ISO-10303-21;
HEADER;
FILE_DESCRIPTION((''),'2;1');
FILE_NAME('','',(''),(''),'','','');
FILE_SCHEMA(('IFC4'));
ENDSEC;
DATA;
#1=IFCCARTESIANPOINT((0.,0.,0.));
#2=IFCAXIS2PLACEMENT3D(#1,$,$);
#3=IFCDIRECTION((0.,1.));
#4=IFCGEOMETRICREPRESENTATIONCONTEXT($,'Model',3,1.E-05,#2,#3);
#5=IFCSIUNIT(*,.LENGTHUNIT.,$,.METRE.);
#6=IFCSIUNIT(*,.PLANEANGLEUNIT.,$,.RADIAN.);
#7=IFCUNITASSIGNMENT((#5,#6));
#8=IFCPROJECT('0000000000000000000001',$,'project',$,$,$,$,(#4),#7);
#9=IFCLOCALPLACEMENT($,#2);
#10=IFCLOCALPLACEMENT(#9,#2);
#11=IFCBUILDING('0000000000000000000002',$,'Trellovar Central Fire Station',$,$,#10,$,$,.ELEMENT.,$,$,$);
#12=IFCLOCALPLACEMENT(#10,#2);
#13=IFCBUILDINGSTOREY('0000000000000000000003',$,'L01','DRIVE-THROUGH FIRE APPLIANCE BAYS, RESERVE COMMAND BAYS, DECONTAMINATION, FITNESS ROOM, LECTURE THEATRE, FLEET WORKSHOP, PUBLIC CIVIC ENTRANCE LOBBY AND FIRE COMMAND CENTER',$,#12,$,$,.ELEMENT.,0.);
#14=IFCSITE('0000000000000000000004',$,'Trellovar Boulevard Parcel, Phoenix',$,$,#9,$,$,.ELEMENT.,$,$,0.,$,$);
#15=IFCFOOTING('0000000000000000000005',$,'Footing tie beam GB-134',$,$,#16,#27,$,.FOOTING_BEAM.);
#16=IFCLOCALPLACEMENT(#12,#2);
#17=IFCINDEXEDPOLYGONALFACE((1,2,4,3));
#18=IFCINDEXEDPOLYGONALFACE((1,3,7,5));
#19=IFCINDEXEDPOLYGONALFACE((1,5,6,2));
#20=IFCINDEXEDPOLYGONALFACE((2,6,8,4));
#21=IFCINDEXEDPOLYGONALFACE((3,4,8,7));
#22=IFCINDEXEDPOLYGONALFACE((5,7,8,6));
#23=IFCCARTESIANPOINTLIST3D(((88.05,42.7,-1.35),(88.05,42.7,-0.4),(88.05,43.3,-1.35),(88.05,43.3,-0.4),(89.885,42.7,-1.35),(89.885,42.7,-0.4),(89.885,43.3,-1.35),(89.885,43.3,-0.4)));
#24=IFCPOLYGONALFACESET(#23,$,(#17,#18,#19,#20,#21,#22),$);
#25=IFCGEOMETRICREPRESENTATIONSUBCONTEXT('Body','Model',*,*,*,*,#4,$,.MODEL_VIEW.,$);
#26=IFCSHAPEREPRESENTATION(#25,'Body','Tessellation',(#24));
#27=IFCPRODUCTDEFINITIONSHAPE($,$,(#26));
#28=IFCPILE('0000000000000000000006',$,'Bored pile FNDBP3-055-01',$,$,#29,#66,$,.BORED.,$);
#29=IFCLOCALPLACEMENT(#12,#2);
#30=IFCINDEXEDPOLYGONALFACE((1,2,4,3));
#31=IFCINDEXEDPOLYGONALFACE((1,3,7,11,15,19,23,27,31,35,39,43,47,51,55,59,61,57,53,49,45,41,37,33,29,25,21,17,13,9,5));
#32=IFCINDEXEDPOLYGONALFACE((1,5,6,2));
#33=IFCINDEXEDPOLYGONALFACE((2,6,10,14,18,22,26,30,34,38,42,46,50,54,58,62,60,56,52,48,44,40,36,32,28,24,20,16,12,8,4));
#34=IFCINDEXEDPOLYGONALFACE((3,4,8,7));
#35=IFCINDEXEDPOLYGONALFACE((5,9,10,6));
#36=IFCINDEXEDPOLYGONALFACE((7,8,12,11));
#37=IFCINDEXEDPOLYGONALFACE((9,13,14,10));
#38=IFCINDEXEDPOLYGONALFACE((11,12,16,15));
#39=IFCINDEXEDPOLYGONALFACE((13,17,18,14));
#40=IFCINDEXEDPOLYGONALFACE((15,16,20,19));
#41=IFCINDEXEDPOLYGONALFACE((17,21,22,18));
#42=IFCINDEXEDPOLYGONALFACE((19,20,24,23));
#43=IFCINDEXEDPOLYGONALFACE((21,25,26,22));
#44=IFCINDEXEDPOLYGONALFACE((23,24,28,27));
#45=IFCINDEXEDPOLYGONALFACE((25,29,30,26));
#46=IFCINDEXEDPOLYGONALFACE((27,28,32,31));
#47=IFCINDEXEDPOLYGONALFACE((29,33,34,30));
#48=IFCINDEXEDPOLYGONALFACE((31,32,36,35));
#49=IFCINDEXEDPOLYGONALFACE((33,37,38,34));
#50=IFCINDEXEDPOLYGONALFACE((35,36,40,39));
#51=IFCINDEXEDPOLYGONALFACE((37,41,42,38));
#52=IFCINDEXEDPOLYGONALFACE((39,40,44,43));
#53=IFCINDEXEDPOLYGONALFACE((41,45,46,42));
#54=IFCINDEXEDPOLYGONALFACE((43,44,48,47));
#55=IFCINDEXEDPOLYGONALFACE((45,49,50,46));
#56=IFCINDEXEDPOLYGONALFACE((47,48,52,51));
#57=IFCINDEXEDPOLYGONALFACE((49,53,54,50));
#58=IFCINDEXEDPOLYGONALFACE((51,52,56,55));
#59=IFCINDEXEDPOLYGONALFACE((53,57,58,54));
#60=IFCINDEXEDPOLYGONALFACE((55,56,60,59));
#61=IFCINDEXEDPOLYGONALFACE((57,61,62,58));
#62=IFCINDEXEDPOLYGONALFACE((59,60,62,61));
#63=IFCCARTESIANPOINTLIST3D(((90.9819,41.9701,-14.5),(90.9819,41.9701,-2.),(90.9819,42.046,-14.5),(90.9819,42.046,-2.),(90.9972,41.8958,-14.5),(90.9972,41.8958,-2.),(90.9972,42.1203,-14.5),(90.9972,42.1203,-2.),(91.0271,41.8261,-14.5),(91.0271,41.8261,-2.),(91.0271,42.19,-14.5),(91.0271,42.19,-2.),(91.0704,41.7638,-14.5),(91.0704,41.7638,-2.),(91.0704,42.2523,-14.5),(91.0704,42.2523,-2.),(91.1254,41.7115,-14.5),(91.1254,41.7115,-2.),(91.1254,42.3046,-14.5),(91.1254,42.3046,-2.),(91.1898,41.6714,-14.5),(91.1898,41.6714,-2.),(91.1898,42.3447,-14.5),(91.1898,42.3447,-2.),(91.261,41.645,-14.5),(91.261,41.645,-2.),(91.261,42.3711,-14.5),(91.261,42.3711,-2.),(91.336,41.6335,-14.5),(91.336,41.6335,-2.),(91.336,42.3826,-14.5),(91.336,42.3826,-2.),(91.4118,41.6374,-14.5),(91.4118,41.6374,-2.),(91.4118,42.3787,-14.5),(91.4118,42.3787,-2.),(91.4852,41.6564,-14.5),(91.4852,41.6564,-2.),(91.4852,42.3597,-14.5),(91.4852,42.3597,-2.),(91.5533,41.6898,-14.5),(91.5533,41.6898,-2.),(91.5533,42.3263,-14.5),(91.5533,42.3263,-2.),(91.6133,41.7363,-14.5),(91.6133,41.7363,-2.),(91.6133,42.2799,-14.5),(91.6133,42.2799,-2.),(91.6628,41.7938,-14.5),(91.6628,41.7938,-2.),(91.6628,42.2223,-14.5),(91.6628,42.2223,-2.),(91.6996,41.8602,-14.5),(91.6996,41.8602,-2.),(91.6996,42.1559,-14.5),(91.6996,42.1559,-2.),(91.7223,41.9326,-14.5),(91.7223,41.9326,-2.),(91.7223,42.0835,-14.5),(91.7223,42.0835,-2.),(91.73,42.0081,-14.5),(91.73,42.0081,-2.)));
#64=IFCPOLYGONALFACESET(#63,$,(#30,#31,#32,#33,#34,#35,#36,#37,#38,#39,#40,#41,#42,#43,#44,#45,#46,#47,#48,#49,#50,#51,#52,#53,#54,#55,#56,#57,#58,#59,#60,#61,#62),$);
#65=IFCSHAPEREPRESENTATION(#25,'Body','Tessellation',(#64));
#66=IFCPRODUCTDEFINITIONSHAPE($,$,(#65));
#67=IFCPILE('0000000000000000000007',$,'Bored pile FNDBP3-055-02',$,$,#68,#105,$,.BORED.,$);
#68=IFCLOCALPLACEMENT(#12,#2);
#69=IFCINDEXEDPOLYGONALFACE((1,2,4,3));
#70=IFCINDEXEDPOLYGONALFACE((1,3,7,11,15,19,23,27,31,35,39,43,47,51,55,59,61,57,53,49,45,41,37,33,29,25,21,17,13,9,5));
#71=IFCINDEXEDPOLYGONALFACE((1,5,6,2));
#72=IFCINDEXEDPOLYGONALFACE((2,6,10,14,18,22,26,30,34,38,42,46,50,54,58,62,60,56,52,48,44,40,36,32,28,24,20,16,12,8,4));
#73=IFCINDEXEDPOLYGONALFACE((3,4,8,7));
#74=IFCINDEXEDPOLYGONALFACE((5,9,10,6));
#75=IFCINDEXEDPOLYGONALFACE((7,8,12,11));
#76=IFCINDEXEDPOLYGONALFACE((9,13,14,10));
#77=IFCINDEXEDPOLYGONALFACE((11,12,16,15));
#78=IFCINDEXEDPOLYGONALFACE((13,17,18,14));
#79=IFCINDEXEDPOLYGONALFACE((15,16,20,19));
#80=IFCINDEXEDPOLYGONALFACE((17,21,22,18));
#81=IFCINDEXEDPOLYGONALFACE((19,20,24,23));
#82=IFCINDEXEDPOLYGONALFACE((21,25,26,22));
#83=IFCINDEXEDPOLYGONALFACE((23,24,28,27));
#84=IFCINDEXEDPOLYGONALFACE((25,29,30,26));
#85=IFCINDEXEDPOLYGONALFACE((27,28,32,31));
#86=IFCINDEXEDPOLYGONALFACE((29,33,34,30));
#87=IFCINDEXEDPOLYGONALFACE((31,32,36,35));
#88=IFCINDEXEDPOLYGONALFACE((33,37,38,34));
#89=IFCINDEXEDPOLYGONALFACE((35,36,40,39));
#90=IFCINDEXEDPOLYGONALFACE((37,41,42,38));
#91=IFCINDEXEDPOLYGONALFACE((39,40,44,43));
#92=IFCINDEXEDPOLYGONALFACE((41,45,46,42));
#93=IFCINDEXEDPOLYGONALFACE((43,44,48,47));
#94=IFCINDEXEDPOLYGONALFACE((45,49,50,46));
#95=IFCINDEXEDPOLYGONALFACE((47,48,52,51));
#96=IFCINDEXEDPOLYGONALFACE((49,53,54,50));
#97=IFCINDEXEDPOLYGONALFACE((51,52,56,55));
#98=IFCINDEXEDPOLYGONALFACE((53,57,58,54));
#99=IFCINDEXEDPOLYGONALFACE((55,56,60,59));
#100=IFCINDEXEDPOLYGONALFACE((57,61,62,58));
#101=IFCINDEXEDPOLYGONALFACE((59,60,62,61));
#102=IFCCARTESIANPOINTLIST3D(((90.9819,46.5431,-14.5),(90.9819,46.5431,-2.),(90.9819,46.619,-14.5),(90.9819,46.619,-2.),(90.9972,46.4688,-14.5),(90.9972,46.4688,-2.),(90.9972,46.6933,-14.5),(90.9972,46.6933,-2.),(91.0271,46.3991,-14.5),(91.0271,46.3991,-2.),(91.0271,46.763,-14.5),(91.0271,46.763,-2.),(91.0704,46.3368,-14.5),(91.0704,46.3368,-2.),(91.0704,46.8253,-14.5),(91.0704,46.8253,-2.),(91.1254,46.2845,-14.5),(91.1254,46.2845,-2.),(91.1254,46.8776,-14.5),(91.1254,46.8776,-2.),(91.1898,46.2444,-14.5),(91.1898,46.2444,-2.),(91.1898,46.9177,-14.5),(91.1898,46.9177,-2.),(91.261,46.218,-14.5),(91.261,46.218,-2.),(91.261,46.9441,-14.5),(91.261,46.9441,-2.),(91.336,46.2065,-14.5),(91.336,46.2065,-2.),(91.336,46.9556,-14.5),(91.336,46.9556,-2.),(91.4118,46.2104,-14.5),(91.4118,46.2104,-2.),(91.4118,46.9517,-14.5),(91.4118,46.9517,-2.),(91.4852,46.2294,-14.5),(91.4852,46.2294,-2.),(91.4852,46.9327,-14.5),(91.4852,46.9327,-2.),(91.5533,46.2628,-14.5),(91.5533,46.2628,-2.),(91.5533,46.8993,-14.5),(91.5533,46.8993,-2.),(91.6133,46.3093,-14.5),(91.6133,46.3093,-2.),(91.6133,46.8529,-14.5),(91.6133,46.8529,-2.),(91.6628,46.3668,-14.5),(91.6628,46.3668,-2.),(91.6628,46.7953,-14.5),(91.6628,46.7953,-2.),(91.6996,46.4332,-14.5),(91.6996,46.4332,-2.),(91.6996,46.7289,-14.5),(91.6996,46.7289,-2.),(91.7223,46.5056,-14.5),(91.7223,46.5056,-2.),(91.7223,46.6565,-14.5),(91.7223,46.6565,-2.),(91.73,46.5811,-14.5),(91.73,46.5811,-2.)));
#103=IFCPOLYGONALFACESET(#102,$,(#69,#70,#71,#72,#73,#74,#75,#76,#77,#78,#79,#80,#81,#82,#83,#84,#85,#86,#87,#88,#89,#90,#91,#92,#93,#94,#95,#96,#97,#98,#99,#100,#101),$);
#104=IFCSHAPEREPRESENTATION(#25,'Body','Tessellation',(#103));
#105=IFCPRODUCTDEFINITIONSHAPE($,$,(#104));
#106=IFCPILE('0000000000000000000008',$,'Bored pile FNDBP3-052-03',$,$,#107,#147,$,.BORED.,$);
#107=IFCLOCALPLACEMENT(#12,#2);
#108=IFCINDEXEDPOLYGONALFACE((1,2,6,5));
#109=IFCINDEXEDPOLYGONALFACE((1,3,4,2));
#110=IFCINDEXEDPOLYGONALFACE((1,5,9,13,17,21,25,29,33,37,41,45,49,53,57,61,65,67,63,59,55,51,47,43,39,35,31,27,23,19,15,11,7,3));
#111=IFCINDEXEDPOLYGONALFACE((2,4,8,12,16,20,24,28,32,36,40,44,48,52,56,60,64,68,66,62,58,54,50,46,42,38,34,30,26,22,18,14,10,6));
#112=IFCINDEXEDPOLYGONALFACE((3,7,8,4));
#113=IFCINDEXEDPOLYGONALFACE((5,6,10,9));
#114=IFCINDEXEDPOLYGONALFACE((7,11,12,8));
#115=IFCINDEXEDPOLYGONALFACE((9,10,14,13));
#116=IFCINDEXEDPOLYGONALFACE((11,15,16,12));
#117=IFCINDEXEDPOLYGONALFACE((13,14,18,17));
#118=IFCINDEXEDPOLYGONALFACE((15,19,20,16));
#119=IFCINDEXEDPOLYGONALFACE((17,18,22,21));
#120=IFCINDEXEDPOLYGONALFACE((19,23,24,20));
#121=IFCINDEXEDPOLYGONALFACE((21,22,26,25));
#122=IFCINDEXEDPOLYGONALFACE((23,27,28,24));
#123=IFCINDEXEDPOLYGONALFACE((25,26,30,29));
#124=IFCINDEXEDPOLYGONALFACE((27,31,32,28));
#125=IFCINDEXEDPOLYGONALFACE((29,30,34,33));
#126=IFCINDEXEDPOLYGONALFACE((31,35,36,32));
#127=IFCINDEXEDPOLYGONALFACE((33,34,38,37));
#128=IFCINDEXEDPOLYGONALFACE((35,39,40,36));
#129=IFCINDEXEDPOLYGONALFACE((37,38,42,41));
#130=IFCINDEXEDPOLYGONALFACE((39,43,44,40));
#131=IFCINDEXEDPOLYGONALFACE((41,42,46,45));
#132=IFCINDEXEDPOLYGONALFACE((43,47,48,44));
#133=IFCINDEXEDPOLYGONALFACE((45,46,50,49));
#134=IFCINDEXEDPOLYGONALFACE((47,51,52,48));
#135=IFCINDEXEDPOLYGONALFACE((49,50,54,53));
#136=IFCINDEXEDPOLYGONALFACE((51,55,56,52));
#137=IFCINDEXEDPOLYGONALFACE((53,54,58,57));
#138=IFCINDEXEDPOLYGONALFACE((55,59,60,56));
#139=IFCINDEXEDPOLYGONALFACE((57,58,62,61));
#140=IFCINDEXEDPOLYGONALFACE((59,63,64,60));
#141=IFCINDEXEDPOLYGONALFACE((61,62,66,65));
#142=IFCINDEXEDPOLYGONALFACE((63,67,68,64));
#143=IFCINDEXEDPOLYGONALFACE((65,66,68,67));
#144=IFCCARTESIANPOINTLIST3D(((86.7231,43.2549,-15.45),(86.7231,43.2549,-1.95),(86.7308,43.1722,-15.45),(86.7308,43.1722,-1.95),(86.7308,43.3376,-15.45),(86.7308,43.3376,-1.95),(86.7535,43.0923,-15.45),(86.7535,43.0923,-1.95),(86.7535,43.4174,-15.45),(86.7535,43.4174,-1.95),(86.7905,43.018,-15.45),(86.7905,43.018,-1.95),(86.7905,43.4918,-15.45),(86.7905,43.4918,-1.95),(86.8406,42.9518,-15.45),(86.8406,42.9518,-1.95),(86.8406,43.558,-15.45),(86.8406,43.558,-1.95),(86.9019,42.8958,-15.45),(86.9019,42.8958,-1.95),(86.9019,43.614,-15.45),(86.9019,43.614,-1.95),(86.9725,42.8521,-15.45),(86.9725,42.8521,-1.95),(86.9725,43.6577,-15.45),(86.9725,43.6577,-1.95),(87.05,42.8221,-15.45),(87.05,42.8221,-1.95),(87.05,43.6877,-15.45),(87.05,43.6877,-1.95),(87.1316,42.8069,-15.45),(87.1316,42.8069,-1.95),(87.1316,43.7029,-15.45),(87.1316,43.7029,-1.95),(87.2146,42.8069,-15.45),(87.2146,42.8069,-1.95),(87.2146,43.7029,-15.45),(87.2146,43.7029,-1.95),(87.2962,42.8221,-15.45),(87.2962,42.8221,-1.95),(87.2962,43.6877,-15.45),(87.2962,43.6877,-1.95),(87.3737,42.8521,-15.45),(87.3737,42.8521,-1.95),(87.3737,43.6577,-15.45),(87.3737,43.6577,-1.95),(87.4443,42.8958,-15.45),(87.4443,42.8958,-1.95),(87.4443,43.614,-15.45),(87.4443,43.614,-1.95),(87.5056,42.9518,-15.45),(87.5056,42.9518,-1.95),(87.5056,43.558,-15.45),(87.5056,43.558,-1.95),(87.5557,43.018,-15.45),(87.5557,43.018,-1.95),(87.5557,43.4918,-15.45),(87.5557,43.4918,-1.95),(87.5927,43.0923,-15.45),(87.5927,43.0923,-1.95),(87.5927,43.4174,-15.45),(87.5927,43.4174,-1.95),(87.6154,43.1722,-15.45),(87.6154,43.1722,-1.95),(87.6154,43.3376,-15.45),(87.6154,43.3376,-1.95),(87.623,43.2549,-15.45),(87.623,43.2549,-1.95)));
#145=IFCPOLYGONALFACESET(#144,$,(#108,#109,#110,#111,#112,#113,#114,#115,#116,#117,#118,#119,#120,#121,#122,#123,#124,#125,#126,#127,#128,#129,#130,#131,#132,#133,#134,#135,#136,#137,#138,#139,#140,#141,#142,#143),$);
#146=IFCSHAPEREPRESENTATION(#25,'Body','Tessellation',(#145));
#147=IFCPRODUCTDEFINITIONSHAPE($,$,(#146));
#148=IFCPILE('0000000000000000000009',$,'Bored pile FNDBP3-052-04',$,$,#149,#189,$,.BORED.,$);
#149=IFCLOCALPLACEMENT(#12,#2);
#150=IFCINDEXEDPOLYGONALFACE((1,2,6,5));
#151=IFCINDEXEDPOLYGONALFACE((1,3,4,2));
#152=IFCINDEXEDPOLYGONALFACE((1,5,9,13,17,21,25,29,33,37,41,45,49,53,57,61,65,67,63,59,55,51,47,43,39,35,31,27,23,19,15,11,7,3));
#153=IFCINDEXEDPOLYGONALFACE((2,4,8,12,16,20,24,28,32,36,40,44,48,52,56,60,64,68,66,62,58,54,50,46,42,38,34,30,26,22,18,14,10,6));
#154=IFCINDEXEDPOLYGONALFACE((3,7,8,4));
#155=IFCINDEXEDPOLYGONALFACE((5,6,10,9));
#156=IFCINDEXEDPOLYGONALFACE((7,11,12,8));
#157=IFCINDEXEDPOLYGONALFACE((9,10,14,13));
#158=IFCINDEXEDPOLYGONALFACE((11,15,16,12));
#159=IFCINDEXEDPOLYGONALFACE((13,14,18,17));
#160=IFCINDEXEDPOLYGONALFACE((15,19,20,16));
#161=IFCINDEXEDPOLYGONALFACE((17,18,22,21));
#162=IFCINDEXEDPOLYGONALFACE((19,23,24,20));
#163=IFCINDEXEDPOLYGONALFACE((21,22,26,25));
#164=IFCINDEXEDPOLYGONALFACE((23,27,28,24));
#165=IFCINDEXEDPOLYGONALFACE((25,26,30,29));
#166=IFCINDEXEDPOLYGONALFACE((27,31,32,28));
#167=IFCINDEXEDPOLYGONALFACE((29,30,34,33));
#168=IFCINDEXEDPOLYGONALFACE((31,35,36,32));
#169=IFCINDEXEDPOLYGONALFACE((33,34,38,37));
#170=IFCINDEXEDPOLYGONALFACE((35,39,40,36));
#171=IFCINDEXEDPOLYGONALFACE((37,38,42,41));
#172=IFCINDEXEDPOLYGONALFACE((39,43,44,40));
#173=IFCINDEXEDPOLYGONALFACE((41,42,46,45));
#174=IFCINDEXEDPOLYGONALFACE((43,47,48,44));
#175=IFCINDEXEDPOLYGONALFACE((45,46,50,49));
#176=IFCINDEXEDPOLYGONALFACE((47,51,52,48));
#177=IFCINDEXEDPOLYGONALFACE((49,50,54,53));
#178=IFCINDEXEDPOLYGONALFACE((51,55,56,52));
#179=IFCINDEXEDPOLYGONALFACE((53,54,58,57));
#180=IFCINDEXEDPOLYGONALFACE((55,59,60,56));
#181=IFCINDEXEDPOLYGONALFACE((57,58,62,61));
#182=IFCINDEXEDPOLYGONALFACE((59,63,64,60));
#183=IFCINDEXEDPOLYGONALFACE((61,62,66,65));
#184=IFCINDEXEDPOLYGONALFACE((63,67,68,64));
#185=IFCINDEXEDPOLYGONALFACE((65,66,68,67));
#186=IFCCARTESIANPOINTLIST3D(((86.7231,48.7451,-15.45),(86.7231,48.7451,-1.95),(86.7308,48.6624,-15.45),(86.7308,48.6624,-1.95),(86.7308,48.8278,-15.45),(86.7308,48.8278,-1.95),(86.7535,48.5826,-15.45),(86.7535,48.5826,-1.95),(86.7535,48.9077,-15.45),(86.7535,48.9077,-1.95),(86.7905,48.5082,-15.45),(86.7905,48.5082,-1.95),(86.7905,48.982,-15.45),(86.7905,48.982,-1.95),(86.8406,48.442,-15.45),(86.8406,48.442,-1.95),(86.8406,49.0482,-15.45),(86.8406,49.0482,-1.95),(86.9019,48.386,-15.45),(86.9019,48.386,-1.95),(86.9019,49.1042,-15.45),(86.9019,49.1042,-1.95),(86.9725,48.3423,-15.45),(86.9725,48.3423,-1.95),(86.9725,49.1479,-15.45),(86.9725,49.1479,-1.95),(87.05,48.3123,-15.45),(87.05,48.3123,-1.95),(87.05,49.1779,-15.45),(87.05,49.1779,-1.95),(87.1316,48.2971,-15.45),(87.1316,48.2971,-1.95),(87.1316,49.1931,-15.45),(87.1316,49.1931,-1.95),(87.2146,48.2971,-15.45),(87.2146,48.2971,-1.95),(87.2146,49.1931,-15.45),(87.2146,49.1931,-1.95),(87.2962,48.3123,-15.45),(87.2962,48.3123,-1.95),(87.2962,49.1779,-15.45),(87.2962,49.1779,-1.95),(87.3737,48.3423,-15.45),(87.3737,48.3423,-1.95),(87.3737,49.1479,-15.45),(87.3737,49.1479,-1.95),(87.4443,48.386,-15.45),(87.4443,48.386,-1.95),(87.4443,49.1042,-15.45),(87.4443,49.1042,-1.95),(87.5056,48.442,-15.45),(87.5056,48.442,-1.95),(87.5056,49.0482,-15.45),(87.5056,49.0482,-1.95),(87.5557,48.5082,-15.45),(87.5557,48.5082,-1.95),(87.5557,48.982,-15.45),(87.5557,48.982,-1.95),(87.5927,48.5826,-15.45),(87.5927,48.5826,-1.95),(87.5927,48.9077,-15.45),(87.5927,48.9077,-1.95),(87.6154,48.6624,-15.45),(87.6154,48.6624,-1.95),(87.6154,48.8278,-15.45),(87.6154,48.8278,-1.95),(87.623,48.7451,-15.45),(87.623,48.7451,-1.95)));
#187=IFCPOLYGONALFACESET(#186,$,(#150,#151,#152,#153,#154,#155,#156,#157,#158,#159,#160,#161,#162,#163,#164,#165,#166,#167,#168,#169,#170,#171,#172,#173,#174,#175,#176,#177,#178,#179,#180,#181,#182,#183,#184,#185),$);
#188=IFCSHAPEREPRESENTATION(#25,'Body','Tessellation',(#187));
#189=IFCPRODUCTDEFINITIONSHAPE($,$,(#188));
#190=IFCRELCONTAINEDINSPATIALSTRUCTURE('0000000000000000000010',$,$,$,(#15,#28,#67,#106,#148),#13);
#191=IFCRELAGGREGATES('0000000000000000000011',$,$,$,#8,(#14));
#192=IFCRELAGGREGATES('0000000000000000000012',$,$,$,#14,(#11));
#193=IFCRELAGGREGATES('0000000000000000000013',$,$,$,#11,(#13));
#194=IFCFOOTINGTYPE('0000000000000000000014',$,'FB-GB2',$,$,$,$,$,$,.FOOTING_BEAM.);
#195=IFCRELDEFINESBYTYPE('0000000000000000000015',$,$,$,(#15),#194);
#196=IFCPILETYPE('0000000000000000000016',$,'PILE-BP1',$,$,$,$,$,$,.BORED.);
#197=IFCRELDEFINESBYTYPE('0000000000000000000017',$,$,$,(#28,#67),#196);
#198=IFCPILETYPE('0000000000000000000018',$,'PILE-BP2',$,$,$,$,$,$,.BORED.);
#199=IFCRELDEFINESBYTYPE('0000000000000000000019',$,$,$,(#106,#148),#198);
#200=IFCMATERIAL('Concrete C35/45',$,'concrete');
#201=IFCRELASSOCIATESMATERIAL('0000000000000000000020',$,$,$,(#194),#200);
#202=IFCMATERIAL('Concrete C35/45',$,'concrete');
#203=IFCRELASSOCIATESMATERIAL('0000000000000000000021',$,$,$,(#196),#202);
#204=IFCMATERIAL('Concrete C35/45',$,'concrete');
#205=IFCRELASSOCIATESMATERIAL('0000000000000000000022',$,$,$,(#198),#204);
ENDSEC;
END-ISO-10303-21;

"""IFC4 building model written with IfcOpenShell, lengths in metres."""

from ifc_helpers import new_model, si_unit, direction, frame, origin, origin_2d, place, context, subcontext, project, spatial, rectangle, circle, extrude, material, material_profile, profile_set, type_object, element, save


model = new_model("IFC4")

# Units and contexts
model_context = context("Model", 3, precision=1e-05, world=origin(), true_north=direction((0.0, 1.0)))
body_context = subcontext(model_context, "Body", "Model", "MODEL_VIEW")
ifc_project = project(units=[si_unit("LENGTHUNIT", "METRE"), si_unit("PLANEANGLEUNIT", "RADIAN")], contexts=[model_context])

# Site, building, storey
site_placement = place(None, origin())
site = spatial("IfcSite", under=ifc_project, at=site_placement, Name="Trellovar Boulevard Parcel, Phoenix", CompositionType="ELEMENT", RefElevation=0.0)
building_placement = place(site_placement, origin())
building = spatial("IfcBuilding", under=site, at=building_placement, Name="Trellovar Central Fire Station", CompositionType="ELEMENT")
storey_placement = place(building_placement, origin())
storey = spatial("IfcBuildingStorey", under=building, at=storey_placement, Name="L01", Description="DRIVE-THROUGH FIRE APPLIANCE BAYS, RESERVE COMMAND BAYS, DECONTAMINATION, FITNESS ROOM, LECTURE THEATRE, FLEET WORKSHOP, PUBLIC CIVIC ENTRANCE LOBBY AND FIRE COMMAND CENTER", CompositionType="ELEMENT", Elevation=0.0)

# Footing
ifc_material_1 = material(Name="Concrete C35/45", Category="concrete")
ifc_material_profile_1 = material_profile(ifc_material_1, rectangle(XDim=0.6001, YDim=0.95, at=origin_2d()), Name="RC600X950")
ifc_profile_set_1 = profile_set([ifc_material_profile_1], Name="Concrete C35/45")
footing_type = type_object("IfcFootingType", Name="FB-GB2", PredefinedType="FOOTING_BEAM", material=ifc_profile_set_1)
footing_placement = place(storey_placement, frame((88.05, 43.0, -0.875), z_axis=(1.0, 0.0, 0.0), x_axis=(0.0, 1.0, 0.0)))
element("IfcFooting", 1, at=footing_placement, inside=storey, type_object=footing_type, Name="Footing tie beam GB-134", PredefinedType="FOOTING_BEAM", context=body_context, shape_type="SweptSolid", body=[
    extrude(rectangle(XDim=0.6001, YDim=0.95, at=origin_2d()), origin(), (0.0, 0.0, 1.0), 1.835),
])

# Piles
ifc_material_2 = material(Name="Concrete C35/45", Category="concrete")
ifc_material_profile_2 = material_profile(ifc_material_2, circle(Radius=0.375, at=origin_2d()), Name="PILE750")
ifc_profile_set_2 = profile_set([ifc_material_profile_2], Name="Concrete C35/45")
pile_type_1 = type_object("IfcPileType", Name="PILE-BP1", PredefinedType="BORED", material=ifc_profile_set_2)
for number, where, z_axis, x_axis, name in (
    (2, (91.355, 42.0081, -2.0), (0.0, 0.0, -1.0), (1.0, 0.0, 0.0), "Bored pile FNDBP3-055-01"),
    (3, (91.355, 46.5811, -2.0), (0.0, 0.0, -1.0), (1.0, 0.0, 0.0), "Bored pile FNDBP3-055-02"),
):
    element("IfcPile", number, at=place(storey_placement, frame(where, z_axis=z_axis, x_axis=x_axis)), inside=storey, type_object=pile_type_1, Name=name, PredefinedType="BORED", context=body_context, shape_type="SweptSolid", body=[
        extrude(circle(Radius=0.375, at=origin_2d()), origin(), (0.0, 0.0, 1.0), 12.5),
    ])
ifc_material_3 = material(Name="Concrete C35/45", Category="concrete")
ifc_material_profile_3 = material_profile(ifc_material_3, circle(Radius=0.45, at=origin_2d()), Name="PILE900")
ifc_profile_set_3 = profile_set([ifc_material_profile_3], Name="Concrete C35/45")
pile_type_2 = type_object("IfcPileType", Name="PILE-BP2", PredefinedType="BORED", material=ifc_profile_set_3)
for number, where, z_axis, x_axis, name in (
    (4, (87.1731, 43.2549, -1.95), (0.0, 0.0, -1.0), (1.0, 0.0, 0.0), "Bored pile FNDBP3-052-03"),
    (5, (87.1731, 48.7451, -1.95), (0.0, 0.0, -1.0), (1.0, 0.0, 0.0), "Bored pile FNDBP3-052-04"),
):
    element("IfcPile", number, at=place(storey_placement, frame(where, z_axis=z_axis, x_axis=x_axis)), inside=storey, type_object=pile_type_2, Name=name, PredefinedType="BORED", context=body_context, shape_type="SweptSolid", body=[
        extrude(circle(Radius=0.45, at=origin_2d()), origin(), (0.0, 0.0, 1.0), 13.5),
    ])

save(model, "model.ifc")
